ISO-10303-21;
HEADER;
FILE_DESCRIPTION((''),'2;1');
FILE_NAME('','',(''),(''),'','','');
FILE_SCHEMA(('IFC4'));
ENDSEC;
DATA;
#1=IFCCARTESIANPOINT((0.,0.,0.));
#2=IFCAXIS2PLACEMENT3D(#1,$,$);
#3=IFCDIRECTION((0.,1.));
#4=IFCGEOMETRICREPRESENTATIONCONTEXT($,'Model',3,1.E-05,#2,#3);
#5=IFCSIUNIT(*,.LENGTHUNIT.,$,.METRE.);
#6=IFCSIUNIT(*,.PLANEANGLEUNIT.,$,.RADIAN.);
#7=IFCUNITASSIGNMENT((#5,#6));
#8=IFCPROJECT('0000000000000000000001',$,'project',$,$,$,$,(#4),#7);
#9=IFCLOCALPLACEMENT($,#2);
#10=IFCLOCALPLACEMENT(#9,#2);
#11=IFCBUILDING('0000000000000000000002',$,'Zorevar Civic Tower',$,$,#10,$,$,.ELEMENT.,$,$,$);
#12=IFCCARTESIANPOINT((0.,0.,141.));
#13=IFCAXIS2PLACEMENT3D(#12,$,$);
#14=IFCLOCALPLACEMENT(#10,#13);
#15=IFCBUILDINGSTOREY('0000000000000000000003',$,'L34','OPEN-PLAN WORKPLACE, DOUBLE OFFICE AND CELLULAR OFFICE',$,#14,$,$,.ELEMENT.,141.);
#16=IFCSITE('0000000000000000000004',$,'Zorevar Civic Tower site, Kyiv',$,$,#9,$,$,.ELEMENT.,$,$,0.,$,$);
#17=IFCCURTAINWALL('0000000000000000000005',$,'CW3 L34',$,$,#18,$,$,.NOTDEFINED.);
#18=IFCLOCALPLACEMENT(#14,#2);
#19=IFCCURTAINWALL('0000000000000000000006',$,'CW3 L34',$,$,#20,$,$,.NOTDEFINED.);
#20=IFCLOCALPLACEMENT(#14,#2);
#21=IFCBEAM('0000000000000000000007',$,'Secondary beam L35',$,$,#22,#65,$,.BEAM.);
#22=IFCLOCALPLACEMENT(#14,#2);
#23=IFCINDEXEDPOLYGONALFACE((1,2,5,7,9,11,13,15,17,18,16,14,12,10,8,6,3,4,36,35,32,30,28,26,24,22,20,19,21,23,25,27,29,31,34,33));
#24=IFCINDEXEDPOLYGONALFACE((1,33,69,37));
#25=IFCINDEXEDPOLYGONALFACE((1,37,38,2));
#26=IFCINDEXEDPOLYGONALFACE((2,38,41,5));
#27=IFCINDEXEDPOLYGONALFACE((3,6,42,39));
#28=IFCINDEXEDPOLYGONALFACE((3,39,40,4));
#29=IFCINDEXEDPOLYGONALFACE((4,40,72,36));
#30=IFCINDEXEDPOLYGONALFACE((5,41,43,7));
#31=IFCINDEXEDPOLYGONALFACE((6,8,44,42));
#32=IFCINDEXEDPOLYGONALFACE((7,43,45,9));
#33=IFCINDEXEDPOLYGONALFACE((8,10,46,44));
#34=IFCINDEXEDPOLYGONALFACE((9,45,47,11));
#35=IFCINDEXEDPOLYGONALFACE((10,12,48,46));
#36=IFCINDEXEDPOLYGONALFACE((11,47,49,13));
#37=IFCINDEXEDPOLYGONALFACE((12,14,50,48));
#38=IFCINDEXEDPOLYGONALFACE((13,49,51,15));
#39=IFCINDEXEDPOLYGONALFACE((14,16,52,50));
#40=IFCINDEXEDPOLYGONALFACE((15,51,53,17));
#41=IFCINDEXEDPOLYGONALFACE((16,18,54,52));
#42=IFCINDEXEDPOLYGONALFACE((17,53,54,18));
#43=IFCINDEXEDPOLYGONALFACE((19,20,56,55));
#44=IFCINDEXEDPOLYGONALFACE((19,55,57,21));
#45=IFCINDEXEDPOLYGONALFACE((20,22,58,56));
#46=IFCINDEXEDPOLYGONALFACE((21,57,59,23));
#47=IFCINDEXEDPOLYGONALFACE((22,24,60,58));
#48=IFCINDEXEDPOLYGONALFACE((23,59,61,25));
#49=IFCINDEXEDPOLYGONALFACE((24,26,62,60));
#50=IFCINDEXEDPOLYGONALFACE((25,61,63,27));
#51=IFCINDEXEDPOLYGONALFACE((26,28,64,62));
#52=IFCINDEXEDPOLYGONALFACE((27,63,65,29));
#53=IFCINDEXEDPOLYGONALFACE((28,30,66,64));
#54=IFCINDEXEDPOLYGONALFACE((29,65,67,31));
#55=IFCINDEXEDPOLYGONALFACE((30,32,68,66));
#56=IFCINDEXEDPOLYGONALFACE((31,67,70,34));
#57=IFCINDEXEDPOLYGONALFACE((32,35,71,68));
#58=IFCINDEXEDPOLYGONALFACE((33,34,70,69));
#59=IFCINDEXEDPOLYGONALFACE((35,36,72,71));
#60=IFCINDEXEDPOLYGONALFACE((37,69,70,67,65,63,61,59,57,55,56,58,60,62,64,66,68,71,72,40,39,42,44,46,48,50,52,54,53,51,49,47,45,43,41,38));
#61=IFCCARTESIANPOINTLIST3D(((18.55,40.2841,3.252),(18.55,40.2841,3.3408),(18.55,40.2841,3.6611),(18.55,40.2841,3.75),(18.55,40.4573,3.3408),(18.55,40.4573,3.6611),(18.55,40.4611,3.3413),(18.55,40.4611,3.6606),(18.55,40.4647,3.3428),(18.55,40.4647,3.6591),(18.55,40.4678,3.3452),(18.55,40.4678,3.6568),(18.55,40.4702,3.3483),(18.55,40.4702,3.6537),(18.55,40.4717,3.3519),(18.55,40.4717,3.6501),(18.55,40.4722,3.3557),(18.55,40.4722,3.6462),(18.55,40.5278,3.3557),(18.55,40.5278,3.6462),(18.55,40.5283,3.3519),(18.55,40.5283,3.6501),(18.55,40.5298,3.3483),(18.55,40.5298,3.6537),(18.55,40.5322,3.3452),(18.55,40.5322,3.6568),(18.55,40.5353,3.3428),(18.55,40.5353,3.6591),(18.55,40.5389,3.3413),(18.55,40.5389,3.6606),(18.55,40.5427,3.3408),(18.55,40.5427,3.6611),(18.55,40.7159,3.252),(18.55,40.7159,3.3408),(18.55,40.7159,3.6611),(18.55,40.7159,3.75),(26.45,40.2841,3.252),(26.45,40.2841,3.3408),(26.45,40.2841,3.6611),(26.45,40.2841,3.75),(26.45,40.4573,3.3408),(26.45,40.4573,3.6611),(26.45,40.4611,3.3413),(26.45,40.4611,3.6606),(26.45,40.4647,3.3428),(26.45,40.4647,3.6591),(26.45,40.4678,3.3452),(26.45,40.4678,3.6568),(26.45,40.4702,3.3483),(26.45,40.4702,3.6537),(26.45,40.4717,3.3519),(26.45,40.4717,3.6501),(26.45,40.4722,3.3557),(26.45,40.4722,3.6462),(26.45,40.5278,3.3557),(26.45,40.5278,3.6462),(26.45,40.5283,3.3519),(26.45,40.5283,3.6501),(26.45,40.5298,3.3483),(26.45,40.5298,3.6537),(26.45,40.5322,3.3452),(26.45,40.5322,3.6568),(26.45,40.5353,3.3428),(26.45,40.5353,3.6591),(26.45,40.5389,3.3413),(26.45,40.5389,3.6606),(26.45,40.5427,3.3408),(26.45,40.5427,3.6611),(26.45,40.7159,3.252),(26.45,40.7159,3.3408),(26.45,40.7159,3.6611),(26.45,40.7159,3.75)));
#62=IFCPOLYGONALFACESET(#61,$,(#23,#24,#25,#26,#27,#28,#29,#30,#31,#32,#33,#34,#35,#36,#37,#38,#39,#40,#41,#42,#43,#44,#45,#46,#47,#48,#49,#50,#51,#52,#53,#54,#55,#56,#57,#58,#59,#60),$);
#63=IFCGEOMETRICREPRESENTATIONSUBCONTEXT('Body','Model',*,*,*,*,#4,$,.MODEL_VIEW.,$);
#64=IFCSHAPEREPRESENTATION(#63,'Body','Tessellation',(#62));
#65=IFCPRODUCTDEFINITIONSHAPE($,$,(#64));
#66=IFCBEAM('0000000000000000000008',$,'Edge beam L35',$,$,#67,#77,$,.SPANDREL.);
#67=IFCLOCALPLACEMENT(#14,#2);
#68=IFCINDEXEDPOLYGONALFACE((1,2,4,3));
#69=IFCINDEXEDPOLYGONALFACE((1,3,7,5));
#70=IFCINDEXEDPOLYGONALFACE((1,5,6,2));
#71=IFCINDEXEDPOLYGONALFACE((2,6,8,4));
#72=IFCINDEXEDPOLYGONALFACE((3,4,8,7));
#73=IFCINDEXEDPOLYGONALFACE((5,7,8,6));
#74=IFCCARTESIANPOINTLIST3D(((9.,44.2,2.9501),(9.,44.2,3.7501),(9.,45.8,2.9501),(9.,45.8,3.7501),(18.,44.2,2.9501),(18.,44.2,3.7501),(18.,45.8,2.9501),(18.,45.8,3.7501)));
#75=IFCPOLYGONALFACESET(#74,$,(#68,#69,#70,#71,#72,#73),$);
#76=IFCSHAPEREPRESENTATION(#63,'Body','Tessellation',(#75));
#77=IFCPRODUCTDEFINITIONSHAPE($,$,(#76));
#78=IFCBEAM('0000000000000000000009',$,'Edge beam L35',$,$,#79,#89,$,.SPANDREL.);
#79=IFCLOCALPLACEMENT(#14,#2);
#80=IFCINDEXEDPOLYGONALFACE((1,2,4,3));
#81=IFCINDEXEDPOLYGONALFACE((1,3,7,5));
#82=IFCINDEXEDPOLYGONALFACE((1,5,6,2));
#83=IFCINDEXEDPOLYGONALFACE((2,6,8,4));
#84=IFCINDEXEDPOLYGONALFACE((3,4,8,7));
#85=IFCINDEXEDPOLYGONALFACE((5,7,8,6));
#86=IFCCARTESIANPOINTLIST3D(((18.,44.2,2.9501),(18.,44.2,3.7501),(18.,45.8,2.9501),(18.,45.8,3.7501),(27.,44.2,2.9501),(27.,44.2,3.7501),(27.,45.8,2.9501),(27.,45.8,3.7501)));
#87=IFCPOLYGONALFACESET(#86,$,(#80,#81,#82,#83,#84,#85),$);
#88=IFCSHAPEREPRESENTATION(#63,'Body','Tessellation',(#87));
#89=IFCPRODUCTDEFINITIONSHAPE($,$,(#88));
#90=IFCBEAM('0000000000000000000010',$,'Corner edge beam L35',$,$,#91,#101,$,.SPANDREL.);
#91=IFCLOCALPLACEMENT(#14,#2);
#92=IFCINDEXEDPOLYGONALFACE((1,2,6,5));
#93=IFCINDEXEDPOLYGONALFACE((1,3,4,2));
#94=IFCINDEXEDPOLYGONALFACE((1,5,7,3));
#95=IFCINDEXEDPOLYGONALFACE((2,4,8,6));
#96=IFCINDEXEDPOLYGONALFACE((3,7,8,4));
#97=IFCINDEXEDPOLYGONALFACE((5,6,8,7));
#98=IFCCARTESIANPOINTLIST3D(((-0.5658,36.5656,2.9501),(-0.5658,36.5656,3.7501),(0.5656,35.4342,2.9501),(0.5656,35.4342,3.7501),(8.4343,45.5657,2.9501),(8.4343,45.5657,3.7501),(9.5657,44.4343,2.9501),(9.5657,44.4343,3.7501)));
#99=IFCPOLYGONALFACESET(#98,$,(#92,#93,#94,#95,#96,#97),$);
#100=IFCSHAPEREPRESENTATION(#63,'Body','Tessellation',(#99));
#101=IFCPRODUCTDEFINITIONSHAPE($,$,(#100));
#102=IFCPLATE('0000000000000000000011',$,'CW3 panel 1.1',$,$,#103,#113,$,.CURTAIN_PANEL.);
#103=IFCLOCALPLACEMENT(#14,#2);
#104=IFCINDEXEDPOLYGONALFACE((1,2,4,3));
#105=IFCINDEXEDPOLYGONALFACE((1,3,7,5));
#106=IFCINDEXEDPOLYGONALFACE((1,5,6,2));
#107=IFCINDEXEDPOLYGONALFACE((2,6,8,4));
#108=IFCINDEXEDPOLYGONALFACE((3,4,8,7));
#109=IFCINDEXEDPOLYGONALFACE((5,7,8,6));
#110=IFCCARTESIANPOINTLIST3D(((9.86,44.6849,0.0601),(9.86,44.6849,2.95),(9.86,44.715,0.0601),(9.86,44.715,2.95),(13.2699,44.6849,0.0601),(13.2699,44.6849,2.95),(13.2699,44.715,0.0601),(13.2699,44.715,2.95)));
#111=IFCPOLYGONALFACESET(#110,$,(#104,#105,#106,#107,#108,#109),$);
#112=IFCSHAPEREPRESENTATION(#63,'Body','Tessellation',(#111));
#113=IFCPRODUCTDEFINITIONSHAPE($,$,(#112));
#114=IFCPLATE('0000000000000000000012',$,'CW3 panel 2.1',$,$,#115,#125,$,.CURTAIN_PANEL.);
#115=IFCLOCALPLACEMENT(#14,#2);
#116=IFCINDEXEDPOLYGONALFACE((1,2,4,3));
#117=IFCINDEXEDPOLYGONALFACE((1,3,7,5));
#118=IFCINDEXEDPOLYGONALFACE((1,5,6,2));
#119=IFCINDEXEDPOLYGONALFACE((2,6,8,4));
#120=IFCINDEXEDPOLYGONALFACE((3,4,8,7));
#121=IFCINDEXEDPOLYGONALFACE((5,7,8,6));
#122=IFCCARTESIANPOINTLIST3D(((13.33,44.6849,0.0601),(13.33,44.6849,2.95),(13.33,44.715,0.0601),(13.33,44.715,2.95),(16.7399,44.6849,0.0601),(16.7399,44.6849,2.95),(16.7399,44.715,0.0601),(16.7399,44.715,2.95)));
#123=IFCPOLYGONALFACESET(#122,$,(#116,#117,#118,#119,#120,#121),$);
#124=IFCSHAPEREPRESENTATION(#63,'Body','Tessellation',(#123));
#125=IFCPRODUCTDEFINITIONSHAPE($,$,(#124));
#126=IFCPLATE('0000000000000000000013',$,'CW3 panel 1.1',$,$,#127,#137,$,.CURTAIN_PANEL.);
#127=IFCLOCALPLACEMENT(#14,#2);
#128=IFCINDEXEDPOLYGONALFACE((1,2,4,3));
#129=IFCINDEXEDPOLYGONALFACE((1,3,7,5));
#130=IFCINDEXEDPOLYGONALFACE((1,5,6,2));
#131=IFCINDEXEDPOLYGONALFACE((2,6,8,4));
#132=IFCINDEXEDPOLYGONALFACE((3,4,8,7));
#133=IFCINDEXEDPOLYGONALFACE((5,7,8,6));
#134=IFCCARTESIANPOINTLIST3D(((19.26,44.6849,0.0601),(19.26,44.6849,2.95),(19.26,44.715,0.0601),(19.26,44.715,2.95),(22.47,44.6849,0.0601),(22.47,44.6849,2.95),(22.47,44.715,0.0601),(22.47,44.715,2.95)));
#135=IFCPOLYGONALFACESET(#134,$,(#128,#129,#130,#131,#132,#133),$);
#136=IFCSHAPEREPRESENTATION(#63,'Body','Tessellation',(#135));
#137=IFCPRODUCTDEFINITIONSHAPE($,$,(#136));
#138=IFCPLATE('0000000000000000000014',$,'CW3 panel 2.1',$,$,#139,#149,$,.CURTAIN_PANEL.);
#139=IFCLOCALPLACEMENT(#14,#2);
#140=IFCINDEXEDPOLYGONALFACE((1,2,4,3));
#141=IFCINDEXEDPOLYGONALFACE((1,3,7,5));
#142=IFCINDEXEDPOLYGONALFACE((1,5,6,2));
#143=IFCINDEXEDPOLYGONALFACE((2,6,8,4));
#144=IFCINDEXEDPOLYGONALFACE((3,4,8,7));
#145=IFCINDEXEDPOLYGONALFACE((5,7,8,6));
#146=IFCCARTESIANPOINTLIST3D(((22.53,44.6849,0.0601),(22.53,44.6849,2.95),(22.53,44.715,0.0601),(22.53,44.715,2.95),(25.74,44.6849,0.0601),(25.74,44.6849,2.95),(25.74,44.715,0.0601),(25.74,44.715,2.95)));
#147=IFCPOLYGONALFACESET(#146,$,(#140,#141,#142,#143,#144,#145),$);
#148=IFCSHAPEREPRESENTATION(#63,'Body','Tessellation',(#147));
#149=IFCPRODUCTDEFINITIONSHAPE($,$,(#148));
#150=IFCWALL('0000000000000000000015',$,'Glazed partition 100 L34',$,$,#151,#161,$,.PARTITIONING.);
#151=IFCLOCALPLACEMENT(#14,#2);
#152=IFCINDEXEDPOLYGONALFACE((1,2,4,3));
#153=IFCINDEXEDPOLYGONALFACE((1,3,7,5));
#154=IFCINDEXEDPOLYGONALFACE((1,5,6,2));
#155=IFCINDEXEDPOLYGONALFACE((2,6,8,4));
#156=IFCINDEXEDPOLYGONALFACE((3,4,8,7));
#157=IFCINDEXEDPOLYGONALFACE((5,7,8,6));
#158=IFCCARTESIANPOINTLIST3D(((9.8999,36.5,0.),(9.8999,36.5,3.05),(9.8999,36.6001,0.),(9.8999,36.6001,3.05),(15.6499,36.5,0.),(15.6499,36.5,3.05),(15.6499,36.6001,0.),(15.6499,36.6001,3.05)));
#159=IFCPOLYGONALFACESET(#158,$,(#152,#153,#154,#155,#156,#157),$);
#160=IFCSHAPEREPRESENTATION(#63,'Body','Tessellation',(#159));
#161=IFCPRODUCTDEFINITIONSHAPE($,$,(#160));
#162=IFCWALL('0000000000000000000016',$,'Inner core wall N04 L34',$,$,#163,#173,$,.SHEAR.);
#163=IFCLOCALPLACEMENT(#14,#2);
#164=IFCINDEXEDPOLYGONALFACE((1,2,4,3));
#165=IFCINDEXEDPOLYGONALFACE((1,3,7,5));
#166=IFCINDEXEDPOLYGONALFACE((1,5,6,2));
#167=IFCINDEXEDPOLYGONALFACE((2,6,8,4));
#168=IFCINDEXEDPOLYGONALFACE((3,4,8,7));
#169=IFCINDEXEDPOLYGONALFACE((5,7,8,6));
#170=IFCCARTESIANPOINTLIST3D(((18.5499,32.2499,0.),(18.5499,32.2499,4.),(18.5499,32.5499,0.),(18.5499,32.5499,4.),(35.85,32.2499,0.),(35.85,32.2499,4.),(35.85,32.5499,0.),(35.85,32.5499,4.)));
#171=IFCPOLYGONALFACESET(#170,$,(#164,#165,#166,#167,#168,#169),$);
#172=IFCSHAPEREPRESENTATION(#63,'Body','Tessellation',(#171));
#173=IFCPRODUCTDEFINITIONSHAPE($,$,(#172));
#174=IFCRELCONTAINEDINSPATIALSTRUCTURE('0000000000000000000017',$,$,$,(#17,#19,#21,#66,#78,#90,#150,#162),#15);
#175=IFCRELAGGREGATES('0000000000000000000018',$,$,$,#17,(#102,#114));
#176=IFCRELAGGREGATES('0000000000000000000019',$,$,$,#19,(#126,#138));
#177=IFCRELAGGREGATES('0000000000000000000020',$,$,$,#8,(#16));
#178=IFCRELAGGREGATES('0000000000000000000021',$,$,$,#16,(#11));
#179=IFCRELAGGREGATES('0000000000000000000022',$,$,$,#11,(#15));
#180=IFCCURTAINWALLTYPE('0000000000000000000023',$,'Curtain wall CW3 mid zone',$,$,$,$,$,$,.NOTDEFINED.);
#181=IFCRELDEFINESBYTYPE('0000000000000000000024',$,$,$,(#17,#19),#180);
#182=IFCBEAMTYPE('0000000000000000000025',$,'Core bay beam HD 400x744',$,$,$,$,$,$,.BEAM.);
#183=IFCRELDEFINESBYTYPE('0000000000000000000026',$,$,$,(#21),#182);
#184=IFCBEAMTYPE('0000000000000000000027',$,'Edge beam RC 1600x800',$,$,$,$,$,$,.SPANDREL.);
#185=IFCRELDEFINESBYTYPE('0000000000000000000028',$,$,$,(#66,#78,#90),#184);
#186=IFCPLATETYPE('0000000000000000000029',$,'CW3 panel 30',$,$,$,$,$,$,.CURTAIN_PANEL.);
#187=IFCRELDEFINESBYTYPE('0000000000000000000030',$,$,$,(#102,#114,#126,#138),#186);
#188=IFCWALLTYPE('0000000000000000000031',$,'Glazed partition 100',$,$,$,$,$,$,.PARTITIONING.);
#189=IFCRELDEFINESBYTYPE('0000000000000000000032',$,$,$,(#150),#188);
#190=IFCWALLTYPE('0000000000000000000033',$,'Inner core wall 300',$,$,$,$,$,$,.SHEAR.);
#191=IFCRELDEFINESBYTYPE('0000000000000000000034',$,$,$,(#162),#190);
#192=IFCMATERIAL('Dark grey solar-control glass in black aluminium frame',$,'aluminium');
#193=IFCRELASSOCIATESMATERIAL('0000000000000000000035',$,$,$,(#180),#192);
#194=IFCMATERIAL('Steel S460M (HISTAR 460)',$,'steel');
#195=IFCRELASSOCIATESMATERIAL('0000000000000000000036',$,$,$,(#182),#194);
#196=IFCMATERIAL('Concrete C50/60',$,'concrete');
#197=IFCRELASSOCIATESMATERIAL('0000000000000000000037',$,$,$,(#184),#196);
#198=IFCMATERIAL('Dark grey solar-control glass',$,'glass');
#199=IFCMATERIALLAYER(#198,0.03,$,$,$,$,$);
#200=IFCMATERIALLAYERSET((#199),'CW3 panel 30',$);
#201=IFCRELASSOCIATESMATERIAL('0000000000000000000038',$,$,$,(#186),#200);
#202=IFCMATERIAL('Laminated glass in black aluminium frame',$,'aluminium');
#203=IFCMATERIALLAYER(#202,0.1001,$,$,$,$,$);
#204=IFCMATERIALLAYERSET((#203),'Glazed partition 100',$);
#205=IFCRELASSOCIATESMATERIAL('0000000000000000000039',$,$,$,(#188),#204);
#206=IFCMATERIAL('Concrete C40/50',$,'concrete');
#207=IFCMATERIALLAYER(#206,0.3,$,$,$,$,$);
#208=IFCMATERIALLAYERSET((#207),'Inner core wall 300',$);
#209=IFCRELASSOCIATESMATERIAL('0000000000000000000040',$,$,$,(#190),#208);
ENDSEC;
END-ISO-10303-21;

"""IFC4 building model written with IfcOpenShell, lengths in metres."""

from ifc_helpers import new_model, si_unit, direction, frame, frame_2d, origin, origin_2d, place, context, subcontext, project, spatial, rectangle, i_section, extrude, material, layer, layer_set, material_profile, profile_set, type_object, element, aggregate, save


model = new_model("IFC4")

# Units and contexts
model_context = context("Model", 3, precision=1e-05, world=origin(), true_north=direction((0.0, 1.0)))
body_context = subcontext(model_context, "Body", "Model", "MODEL_VIEW")
ifc_project = project(units=[si_unit("LENGTHUNIT", "METRE"), si_unit("PLANEANGLEUNIT", "RADIAN")], contexts=[model_context])

# Site, building, storey
site_placement = place(None, origin())
site = spatial("IfcSite", under=ifc_project, at=site_placement, Name="Zorevar Civic Tower site, Kyiv", CompositionType="ELEMENT", RefElevation=0.0)
building_placement = place(site_placement, origin())
building = spatial("IfcBuilding", under=site, at=building_placement, Name="Zorevar Civic Tower", CompositionType="ELEMENT")
storey_placement = place(building_placement, frame((0.0, 0.0, 141.0)))
storey = spatial("IfcBuildingStorey", under=building, at=storey_placement, Name="L34", Description="OPEN-PLAN WORKPLACE, DOUBLE OFFICE AND CELLULAR OFFICE", CompositionType="ELEMENT", Elevation=141.0)

# Curtain walls
ifc_material_1 = material(Name="Dark grey solar-control glass in black aluminium frame", Category="aluminium")
curtain_wall_type = type_object("IfcCurtainWallType", Name="Curtain wall CW3 mid zone", PredefinedType="NOTDEFINED", material=ifc_material_1)
curtain_wall_1_placement = place(storey_placement, origin())
curtain_wall_1 = element("IfcCurtainWall", 1, at=curtain_wall_1_placement, inside=storey, type_object=curtain_wall_type, Name="CW3 L34", PredefinedType="NOTDEFINED")
curtain_wall_2_placement = place(storey_placement, origin())
curtain_wall_2 = element("IfcCurtainWall", 2, at=curtain_wall_2_placement, inside=storey, type_object=curtain_wall_type, Name="CW3 L34", PredefinedType="NOTDEFINED")

# Beams
ifc_material_2 = material(Name="Steel S460M (HISTAR 460)", Category="steel")
ifc_material_profile_1 = material_profile(ifc_material_2, i_section(OverallWidth=0.4319, OverallDepth=0.498, WebThickness=0.0557, FlangeThickness=0.0889, FilletRadius=0.0149, at=origin_2d()), Name="HD 400x744")
ifc_profile_set_1 = profile_set([ifc_material_profile_1], Name="Steel S460M (HISTAR 460)")
beam_type_1 = type_object("IfcBeamType", Name="Core bay beam HD 400x744", PredefinedType="BEAM", material=ifc_profile_set_1)
beam_1_placement = place(storey_placement, frame((18.55, 40.5, 3.501), z_axis=(1.0, 0.0, 0.0), x_axis=(0.0, 1.0, 0.0)))
element("IfcBeam", 3, at=beam_1_placement, inside=storey, type_object=beam_type_1, Name="Secondary beam L35", PredefinedType="BEAM", context=body_context, shape_type="SweptSolid", body=[
    extrude(i_section(OverallWidth=0.4319, OverallDepth=0.498, WebThickness=0.0557, FlangeThickness=0.0889, FilletRadius=0.0149, at=origin_2d()), origin(), (0.0, 0.0, 1.0), 7.8999),
])
ifc_material_3 = material(Name="Concrete C50/60", Category="concrete")
ifc_material_profile_2 = material_profile(ifc_material_3, rectangle(XDim=1.6001, YDim=0.8, at=origin_2d()), Name="RC 1600x800")
ifc_profile_set_2 = profile_set([ifc_material_profile_2], Name="Concrete C50/60")
beam_type_2 = type_object("IfcBeamType", Name="Edge beam RC 1600x800", PredefinedType="SPANDREL", material=ifc_profile_set_2)
for number, where, z_axis, x_axis, name in (
    (4, (9.0, 45.0, 3.3501), (1.0, 0.0, 0.0), (0.0, 1.0, 0.0), "Edge beam L35"),
    (5, (18.0, 45.0, 3.3501), (1.0, 0.0, 0.0), (0.0, 1.0, 0.0), "Edge beam L35"),
):
    element("IfcBeam", number, at=place(storey_placement, frame(where, z_axis=z_axis, x_axis=x_axis)), inside=storey, type_object=beam_type_2, Name=name, PredefinedType="SPANDREL", context=body_context, shape_type="SweptSolid", body=[
        extrude(rectangle(XDim=1.6001, YDim=0.8, at=origin_2d()), origin(), (0.0, 0.0, 1.0), 9.0),
    ])
beam_2_placement = place(storey_placement, frame((9.0, 45.0, 3.3501), z_axis=(-0.707107, -0.707107, 0.0), x_axis=(0.707107, -0.707107, 0.0)))
element("IfcBeam", 6, at=beam_2_placement, inside=storey, type_object=beam_type_2, Name="Corner edge beam L35", PredefinedType="SPANDREL", context=body_context, shape_type="SweptSolid", body=[
    extrude(rectangle(XDim=1.6001, YDim=0.8, at=origin_2d()), origin(), (0.0, 0.0, 1.0), 12.728),
])

# Plates
ifc_material_4 = material(Name="Dark grey solar-control glass", Category="glass")
ifc_layer_1 = layer(ifc_material_4, 0.03)
ifc_layer_set_1 = layer_set([ifc_layer_1], Name="CW3 panel 30")
plate_type = type_object("IfcPlateType", Name="CW3 panel 30", PredefinedType="CURTAIN_PANEL", material=ifc_layer_set_1)
plate_1_placement = place(storey_placement, frame((11.5649, 44.7, 0.0601), z_axis=(0.0, 0.0, 1.0), x_axis=(1.0, 0.0, 0.0)))
plate_1 = element("IfcPlate", 7, at=plate_1_placement, type_object=plate_type, Name="CW3 panel 1.1", PredefinedType="CURTAIN_PANEL", context=body_context, shape_type="SweptSolid", body=[
    extrude(rectangle(XDim=3.4099, YDim=0.03, at=origin_2d()), origin(), (0.0, 0.0, 1.0), 2.8899),
])
plate_2_placement = place(storey_placement, frame((15.0349, 44.7, 0.0601), z_axis=(0.0, 0.0, 1.0), x_axis=(1.0, 0.0, 0.0)))
plate_2 = element("IfcPlate", 8, at=plate_2_placement, type_object=plate_type, Name="CW3 panel 2.1", PredefinedType="CURTAIN_PANEL", context=body_context, shape_type="SweptSolid", body=[
    extrude(rectangle(XDim=3.4099, YDim=0.03, at=origin_2d()), origin(), (0.0, 0.0, 1.0), 2.8899),
])
aggregate(curtain_wall_1, [plate_1, plate_2])
plate_3_placement = place(storey_placement, frame((20.865, 44.7, 0.0601), z_axis=(0.0, 0.0, 1.0), x_axis=(1.0, 0.0, 0.0)))
plate_3 = element("IfcPlate", 9, at=plate_3_placement, type_object=plate_type, Name="CW3 panel 1.1", PredefinedType="CURTAIN_PANEL", context=body_context, shape_type="SweptSolid", body=[
    extrude(rectangle(XDim=3.21, YDim=0.03, at=origin_2d()), origin(), (0.0, 0.0, 1.0), 2.8899),
])
plate_4_placement = place(storey_placement, frame((24.135, 44.7, 0.0601), z_axis=(0.0, 0.0, 1.0), x_axis=(1.0, 0.0, 0.0)))
plate_4 = element("IfcPlate", 10, at=plate_4_placement, type_object=plate_type, Name="CW3 panel 2.1", PredefinedType="CURTAIN_PANEL", context=body_context, shape_type="SweptSolid", body=[
    extrude(rectangle(XDim=3.21, YDim=0.03, at=origin_2d()), origin(), (0.0, 0.0, 1.0), 2.8899),
])
aggregate(curtain_wall_2, [plate_3, plate_4])

# Walls
ifc_material_5 = material(Name="Laminated glass in black aluminium frame", Category="aluminium")
ifc_layer_2 = layer(ifc_material_5, 0.1001)
ifc_layer_set_2 = layer_set([ifc_layer_2], Name="Glazed partition 100")
wall_type_1 = type_object("IfcWallType", Name="Glazed partition 100", PredefinedType="PARTITIONING", material=ifc_layer_set_2)
wall_1_placement = place(storey_placement, frame((9.8999, 36.55, 0.0), z_axis=(0.0, 0.0, 1.0), x_axis=(1.0, 0.0, 0.0)))
element("IfcWall", 11, at=wall_1_placement, inside=storey, type_object=wall_type_1, Name="Glazed partition 100 L34", PredefinedType="PARTITIONING", context=body_context, shape_type="SweptSolid", body=[
    extrude(rectangle(XDim=5.75, YDim=0.1001, at=frame_2d((2.875, 0.0))), origin(), (0.0, 0.0, 1.0), 3.05),
])
ifc_material_6 = material(Name="Concrete C40/50", Category="concrete")
ifc_layer_3 = layer(ifc_material_6, 0.3)
ifc_layer_set_3 = layer_set([ifc_layer_3], Name="Inner core wall 300")
wall_type_2 = type_object("IfcWallType", Name="Inner core wall 300", PredefinedType="SHEAR", material=ifc_layer_set_3)
wall_2_placement = place(storey_placement, frame((18.55, 32.3999, 0.0), z_axis=(0.0, 0.0, 1.0), x_axis=(1.0, 0.0, 0.0)))
element("IfcWall", 12, at=wall_2_placement, inside=storey, type_object=wall_type_2, Name="Inner core wall N04 L34", PredefinedType="SHEAR", context=body_context, shape_type="SweptSolid", body=[
    extrude(rectangle(XDim=17.3, YDim=0.3, at=frame_2d((8.6499, 0.0))), origin(), (0.0, 0.0, 1.0), 4.0),
])

save(model, "model.ifc")
